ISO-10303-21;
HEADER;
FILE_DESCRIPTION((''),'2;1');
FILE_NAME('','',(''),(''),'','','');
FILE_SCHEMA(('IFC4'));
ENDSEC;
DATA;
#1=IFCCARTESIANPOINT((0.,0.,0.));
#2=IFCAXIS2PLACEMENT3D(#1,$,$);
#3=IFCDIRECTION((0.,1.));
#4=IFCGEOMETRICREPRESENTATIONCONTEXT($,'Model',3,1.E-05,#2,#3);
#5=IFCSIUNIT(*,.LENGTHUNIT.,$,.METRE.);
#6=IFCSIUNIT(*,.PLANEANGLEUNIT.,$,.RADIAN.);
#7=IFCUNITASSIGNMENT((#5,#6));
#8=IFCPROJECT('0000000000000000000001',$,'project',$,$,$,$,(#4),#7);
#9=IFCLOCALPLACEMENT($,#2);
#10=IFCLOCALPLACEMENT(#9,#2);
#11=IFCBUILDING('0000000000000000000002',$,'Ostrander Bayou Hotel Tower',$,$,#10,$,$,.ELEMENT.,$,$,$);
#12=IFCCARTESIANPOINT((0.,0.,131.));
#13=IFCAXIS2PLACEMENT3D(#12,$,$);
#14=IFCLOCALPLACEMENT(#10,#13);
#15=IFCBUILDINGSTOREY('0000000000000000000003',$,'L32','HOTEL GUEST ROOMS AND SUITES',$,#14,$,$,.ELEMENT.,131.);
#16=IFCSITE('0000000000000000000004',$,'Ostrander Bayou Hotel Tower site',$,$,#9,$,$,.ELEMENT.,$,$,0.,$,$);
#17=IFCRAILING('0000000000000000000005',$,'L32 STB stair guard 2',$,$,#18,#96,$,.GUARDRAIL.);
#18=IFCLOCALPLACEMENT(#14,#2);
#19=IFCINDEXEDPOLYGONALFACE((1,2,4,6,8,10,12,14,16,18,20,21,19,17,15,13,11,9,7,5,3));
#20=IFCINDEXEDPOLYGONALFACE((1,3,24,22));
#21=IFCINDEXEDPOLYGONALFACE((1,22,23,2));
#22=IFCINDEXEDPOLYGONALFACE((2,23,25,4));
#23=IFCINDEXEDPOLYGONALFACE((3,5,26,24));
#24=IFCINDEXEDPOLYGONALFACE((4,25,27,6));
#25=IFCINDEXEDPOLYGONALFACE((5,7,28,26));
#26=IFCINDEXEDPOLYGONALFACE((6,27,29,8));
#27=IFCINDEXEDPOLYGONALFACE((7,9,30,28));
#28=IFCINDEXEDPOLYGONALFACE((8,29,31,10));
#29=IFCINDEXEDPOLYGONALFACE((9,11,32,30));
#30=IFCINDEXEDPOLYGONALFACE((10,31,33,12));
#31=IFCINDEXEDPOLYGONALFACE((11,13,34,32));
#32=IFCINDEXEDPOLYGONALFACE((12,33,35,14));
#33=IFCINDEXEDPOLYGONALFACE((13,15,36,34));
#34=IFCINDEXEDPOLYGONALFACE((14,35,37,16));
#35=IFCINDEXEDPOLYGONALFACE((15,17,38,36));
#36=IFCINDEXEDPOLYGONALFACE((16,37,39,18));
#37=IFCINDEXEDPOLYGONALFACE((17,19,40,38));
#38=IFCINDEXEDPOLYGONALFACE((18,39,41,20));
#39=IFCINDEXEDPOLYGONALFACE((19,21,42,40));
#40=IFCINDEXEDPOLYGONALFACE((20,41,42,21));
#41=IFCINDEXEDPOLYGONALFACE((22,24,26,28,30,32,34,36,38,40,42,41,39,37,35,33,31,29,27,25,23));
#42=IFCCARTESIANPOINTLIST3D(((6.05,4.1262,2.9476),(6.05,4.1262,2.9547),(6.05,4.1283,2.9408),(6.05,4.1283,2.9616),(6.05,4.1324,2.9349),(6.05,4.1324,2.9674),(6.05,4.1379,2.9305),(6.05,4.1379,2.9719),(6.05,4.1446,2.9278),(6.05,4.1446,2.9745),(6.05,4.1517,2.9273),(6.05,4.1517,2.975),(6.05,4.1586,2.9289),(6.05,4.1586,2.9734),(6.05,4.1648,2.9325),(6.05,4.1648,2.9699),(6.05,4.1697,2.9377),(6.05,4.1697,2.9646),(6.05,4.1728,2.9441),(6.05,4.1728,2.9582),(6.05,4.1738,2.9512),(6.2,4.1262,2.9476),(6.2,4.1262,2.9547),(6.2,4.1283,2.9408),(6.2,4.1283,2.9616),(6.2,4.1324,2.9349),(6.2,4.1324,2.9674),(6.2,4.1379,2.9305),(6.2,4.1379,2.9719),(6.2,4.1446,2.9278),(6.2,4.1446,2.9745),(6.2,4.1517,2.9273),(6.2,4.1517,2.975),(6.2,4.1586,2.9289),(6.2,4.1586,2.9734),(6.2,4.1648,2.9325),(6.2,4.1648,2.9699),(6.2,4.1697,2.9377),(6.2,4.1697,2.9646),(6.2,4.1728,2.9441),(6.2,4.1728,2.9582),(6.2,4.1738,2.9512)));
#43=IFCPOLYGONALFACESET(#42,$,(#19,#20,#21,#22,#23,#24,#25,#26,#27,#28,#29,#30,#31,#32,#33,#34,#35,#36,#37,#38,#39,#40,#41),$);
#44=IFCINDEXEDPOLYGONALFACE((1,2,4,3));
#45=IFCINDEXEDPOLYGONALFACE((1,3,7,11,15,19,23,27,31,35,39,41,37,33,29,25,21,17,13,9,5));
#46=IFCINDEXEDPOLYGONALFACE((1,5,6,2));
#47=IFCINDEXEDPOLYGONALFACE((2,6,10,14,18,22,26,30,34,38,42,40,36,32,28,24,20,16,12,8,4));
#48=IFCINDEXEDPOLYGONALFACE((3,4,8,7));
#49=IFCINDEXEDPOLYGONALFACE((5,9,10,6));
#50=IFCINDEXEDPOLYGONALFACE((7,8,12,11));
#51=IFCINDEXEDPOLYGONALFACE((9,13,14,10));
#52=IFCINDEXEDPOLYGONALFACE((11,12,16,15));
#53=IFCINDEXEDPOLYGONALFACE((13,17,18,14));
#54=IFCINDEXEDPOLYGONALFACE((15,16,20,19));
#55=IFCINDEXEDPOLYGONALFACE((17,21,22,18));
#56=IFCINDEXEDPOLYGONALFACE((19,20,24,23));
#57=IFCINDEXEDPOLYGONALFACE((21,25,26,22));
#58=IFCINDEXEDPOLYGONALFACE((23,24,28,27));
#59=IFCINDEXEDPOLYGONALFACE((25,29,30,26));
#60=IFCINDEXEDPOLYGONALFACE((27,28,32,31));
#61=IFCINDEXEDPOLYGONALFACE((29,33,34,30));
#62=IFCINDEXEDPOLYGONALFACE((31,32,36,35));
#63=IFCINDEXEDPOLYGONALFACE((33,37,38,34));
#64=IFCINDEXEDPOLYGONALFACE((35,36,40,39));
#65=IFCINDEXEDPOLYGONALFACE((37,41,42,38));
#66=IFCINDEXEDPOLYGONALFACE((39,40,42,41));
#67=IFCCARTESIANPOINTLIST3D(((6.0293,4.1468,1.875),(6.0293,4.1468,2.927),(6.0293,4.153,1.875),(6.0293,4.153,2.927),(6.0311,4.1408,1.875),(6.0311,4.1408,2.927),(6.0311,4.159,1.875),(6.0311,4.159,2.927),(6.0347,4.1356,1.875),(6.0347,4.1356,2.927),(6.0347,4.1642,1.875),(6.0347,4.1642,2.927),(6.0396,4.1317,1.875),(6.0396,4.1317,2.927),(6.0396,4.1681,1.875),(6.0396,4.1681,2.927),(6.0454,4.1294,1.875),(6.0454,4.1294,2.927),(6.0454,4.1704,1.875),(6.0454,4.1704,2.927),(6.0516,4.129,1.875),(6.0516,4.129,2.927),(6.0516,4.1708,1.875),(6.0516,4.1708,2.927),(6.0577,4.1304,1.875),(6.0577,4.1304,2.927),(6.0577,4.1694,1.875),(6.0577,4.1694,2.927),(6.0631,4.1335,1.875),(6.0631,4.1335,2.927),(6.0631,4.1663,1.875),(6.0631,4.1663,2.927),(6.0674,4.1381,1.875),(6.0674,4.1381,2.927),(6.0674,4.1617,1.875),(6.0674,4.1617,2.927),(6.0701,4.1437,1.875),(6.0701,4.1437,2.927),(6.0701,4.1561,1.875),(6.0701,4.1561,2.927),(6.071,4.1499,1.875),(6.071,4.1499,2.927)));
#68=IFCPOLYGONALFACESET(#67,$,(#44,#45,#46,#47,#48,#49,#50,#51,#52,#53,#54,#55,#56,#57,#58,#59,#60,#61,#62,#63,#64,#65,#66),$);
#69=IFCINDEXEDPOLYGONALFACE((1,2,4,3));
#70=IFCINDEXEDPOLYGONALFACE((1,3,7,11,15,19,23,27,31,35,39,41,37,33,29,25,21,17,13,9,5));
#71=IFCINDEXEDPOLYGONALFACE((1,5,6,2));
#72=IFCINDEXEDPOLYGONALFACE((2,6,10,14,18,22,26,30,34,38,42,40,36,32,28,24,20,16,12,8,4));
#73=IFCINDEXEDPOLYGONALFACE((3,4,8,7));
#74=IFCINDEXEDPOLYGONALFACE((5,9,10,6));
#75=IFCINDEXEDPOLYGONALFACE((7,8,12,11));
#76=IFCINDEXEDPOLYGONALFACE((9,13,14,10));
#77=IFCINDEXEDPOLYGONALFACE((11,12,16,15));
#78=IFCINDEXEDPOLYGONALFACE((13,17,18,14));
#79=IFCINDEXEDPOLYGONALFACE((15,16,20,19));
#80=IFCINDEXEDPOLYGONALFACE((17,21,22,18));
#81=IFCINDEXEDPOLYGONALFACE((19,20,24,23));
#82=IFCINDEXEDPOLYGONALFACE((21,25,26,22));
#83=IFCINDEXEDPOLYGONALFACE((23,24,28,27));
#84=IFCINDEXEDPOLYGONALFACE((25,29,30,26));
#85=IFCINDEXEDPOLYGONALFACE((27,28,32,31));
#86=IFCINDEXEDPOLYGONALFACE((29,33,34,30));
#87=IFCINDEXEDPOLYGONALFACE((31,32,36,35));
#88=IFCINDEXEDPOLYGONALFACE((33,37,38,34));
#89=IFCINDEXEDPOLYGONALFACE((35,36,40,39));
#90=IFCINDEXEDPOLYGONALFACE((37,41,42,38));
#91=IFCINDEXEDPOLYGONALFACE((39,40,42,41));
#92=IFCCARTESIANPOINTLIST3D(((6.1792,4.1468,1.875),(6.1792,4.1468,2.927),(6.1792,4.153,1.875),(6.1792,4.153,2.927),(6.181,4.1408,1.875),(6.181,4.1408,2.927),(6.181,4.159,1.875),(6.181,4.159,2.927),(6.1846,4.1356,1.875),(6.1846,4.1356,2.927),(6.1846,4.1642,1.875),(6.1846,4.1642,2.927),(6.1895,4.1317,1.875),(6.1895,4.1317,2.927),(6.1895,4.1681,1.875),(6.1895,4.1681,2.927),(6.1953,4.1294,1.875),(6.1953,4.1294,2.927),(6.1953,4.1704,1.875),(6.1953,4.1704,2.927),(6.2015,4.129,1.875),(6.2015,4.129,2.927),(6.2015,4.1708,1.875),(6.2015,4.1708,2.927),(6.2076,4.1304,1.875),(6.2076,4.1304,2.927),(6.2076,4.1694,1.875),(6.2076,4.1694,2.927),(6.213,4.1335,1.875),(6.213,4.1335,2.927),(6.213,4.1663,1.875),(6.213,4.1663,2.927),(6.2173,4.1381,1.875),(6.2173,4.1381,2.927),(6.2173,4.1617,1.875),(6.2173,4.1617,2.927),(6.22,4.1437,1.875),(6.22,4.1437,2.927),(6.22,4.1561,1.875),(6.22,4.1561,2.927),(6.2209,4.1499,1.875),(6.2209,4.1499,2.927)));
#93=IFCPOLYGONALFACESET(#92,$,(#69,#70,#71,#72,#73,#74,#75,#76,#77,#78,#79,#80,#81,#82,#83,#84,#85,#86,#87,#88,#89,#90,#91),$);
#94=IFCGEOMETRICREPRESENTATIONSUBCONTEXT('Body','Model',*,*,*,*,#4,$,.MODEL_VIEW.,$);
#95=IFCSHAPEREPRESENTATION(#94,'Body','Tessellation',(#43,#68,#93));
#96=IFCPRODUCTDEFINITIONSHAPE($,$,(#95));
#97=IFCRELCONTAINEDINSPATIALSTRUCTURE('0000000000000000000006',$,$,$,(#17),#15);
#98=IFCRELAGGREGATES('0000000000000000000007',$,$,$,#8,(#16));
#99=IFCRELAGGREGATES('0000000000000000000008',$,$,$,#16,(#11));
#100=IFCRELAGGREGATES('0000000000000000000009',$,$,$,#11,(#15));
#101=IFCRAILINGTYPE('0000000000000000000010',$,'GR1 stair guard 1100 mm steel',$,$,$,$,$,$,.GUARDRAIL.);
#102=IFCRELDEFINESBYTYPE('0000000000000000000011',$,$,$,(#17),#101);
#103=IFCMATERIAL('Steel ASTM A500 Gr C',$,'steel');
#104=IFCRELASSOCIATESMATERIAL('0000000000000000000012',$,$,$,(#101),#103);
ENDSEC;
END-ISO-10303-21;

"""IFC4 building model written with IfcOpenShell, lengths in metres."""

from ifc_helpers import new_model, si_unit, direction, frame, origin, origin_2d, place, context, subcontext, project, spatial, circle, extrude, material, type_object, element, save


model = new_model("IFC4")

# Units and contexts
model_context = context("Model", 3, precision=1e-05, world=origin(), true_north=direction((0.0, 1.0)))
body_context = subcontext(model_context, "Body", "Model", "MODEL_VIEW")
ifc_project = project(units=[si_unit("LENGTHUNIT", "METRE"), si_unit("PLANEANGLEUNIT", "RADIAN")], contexts=[model_context])

# Site, building, storey
site_placement = place(None, origin())
site = spatial("IfcSite", under=ifc_project, at=site_placement, Name="Ostrander Bayou Hotel Tower site", CompositionType="ELEMENT", RefElevation=0.0)
building_placement = place(site_placement, origin())
building = spatial("IfcBuilding", under=site, at=building_placement, Name="Ostrander Bayou Hotel Tower", CompositionType="ELEMENT")
storey_placement = place(building_placement, frame((0.0, 0.0, 131.0)))
storey = spatial("IfcBuildingStorey", under=building, at=storey_placement, Name="L32", Description="HOTEL GUEST ROOMS AND SUITES", CompositionType="ELEMENT", Elevation=131.0)

# Railing
ifc_material_1 = material(Name="Steel ASTM A500 Gr C", Category="steel")
railing_type_1 = type_object("IfcRailingType", Name="GR1 stair guard 1100 mm steel", PredefinedType="GUARDRAIL", material=ifc_material_1)
railing_1_placement = place(storey_placement, frame((6.05, 4.1499, 1.875)))
element("IfcRailing", 1, at=railing_1_placement, inside=storey, type_object=railing_type_1, Name="L32 STB stair guard 2", PredefinedType="GUARDRAIL", context=body_context, shape_type="SweptSolid", body=[
    extrude(circle(Radius=0.0239, at=origin_2d()), frame((0.0, 0.0, 1.0762), z_axis=(1.0, 0.0, 0.0), x_axis=(0.0, 1.0, 0.0)), (0.0, 0.0, 1.0), 0.1499),
    extrude(circle(Radius=0.021, at=origin_2d()), origin(), (0.0, 0.0, 1.0), 1.052),
    extrude(circle(Radius=0.021, at=origin_2d()), frame((0.1499, 0.0, 0.0)), (0.0, 0.0, 1.0), 1.052),
])

save(model, "model.ifc")
